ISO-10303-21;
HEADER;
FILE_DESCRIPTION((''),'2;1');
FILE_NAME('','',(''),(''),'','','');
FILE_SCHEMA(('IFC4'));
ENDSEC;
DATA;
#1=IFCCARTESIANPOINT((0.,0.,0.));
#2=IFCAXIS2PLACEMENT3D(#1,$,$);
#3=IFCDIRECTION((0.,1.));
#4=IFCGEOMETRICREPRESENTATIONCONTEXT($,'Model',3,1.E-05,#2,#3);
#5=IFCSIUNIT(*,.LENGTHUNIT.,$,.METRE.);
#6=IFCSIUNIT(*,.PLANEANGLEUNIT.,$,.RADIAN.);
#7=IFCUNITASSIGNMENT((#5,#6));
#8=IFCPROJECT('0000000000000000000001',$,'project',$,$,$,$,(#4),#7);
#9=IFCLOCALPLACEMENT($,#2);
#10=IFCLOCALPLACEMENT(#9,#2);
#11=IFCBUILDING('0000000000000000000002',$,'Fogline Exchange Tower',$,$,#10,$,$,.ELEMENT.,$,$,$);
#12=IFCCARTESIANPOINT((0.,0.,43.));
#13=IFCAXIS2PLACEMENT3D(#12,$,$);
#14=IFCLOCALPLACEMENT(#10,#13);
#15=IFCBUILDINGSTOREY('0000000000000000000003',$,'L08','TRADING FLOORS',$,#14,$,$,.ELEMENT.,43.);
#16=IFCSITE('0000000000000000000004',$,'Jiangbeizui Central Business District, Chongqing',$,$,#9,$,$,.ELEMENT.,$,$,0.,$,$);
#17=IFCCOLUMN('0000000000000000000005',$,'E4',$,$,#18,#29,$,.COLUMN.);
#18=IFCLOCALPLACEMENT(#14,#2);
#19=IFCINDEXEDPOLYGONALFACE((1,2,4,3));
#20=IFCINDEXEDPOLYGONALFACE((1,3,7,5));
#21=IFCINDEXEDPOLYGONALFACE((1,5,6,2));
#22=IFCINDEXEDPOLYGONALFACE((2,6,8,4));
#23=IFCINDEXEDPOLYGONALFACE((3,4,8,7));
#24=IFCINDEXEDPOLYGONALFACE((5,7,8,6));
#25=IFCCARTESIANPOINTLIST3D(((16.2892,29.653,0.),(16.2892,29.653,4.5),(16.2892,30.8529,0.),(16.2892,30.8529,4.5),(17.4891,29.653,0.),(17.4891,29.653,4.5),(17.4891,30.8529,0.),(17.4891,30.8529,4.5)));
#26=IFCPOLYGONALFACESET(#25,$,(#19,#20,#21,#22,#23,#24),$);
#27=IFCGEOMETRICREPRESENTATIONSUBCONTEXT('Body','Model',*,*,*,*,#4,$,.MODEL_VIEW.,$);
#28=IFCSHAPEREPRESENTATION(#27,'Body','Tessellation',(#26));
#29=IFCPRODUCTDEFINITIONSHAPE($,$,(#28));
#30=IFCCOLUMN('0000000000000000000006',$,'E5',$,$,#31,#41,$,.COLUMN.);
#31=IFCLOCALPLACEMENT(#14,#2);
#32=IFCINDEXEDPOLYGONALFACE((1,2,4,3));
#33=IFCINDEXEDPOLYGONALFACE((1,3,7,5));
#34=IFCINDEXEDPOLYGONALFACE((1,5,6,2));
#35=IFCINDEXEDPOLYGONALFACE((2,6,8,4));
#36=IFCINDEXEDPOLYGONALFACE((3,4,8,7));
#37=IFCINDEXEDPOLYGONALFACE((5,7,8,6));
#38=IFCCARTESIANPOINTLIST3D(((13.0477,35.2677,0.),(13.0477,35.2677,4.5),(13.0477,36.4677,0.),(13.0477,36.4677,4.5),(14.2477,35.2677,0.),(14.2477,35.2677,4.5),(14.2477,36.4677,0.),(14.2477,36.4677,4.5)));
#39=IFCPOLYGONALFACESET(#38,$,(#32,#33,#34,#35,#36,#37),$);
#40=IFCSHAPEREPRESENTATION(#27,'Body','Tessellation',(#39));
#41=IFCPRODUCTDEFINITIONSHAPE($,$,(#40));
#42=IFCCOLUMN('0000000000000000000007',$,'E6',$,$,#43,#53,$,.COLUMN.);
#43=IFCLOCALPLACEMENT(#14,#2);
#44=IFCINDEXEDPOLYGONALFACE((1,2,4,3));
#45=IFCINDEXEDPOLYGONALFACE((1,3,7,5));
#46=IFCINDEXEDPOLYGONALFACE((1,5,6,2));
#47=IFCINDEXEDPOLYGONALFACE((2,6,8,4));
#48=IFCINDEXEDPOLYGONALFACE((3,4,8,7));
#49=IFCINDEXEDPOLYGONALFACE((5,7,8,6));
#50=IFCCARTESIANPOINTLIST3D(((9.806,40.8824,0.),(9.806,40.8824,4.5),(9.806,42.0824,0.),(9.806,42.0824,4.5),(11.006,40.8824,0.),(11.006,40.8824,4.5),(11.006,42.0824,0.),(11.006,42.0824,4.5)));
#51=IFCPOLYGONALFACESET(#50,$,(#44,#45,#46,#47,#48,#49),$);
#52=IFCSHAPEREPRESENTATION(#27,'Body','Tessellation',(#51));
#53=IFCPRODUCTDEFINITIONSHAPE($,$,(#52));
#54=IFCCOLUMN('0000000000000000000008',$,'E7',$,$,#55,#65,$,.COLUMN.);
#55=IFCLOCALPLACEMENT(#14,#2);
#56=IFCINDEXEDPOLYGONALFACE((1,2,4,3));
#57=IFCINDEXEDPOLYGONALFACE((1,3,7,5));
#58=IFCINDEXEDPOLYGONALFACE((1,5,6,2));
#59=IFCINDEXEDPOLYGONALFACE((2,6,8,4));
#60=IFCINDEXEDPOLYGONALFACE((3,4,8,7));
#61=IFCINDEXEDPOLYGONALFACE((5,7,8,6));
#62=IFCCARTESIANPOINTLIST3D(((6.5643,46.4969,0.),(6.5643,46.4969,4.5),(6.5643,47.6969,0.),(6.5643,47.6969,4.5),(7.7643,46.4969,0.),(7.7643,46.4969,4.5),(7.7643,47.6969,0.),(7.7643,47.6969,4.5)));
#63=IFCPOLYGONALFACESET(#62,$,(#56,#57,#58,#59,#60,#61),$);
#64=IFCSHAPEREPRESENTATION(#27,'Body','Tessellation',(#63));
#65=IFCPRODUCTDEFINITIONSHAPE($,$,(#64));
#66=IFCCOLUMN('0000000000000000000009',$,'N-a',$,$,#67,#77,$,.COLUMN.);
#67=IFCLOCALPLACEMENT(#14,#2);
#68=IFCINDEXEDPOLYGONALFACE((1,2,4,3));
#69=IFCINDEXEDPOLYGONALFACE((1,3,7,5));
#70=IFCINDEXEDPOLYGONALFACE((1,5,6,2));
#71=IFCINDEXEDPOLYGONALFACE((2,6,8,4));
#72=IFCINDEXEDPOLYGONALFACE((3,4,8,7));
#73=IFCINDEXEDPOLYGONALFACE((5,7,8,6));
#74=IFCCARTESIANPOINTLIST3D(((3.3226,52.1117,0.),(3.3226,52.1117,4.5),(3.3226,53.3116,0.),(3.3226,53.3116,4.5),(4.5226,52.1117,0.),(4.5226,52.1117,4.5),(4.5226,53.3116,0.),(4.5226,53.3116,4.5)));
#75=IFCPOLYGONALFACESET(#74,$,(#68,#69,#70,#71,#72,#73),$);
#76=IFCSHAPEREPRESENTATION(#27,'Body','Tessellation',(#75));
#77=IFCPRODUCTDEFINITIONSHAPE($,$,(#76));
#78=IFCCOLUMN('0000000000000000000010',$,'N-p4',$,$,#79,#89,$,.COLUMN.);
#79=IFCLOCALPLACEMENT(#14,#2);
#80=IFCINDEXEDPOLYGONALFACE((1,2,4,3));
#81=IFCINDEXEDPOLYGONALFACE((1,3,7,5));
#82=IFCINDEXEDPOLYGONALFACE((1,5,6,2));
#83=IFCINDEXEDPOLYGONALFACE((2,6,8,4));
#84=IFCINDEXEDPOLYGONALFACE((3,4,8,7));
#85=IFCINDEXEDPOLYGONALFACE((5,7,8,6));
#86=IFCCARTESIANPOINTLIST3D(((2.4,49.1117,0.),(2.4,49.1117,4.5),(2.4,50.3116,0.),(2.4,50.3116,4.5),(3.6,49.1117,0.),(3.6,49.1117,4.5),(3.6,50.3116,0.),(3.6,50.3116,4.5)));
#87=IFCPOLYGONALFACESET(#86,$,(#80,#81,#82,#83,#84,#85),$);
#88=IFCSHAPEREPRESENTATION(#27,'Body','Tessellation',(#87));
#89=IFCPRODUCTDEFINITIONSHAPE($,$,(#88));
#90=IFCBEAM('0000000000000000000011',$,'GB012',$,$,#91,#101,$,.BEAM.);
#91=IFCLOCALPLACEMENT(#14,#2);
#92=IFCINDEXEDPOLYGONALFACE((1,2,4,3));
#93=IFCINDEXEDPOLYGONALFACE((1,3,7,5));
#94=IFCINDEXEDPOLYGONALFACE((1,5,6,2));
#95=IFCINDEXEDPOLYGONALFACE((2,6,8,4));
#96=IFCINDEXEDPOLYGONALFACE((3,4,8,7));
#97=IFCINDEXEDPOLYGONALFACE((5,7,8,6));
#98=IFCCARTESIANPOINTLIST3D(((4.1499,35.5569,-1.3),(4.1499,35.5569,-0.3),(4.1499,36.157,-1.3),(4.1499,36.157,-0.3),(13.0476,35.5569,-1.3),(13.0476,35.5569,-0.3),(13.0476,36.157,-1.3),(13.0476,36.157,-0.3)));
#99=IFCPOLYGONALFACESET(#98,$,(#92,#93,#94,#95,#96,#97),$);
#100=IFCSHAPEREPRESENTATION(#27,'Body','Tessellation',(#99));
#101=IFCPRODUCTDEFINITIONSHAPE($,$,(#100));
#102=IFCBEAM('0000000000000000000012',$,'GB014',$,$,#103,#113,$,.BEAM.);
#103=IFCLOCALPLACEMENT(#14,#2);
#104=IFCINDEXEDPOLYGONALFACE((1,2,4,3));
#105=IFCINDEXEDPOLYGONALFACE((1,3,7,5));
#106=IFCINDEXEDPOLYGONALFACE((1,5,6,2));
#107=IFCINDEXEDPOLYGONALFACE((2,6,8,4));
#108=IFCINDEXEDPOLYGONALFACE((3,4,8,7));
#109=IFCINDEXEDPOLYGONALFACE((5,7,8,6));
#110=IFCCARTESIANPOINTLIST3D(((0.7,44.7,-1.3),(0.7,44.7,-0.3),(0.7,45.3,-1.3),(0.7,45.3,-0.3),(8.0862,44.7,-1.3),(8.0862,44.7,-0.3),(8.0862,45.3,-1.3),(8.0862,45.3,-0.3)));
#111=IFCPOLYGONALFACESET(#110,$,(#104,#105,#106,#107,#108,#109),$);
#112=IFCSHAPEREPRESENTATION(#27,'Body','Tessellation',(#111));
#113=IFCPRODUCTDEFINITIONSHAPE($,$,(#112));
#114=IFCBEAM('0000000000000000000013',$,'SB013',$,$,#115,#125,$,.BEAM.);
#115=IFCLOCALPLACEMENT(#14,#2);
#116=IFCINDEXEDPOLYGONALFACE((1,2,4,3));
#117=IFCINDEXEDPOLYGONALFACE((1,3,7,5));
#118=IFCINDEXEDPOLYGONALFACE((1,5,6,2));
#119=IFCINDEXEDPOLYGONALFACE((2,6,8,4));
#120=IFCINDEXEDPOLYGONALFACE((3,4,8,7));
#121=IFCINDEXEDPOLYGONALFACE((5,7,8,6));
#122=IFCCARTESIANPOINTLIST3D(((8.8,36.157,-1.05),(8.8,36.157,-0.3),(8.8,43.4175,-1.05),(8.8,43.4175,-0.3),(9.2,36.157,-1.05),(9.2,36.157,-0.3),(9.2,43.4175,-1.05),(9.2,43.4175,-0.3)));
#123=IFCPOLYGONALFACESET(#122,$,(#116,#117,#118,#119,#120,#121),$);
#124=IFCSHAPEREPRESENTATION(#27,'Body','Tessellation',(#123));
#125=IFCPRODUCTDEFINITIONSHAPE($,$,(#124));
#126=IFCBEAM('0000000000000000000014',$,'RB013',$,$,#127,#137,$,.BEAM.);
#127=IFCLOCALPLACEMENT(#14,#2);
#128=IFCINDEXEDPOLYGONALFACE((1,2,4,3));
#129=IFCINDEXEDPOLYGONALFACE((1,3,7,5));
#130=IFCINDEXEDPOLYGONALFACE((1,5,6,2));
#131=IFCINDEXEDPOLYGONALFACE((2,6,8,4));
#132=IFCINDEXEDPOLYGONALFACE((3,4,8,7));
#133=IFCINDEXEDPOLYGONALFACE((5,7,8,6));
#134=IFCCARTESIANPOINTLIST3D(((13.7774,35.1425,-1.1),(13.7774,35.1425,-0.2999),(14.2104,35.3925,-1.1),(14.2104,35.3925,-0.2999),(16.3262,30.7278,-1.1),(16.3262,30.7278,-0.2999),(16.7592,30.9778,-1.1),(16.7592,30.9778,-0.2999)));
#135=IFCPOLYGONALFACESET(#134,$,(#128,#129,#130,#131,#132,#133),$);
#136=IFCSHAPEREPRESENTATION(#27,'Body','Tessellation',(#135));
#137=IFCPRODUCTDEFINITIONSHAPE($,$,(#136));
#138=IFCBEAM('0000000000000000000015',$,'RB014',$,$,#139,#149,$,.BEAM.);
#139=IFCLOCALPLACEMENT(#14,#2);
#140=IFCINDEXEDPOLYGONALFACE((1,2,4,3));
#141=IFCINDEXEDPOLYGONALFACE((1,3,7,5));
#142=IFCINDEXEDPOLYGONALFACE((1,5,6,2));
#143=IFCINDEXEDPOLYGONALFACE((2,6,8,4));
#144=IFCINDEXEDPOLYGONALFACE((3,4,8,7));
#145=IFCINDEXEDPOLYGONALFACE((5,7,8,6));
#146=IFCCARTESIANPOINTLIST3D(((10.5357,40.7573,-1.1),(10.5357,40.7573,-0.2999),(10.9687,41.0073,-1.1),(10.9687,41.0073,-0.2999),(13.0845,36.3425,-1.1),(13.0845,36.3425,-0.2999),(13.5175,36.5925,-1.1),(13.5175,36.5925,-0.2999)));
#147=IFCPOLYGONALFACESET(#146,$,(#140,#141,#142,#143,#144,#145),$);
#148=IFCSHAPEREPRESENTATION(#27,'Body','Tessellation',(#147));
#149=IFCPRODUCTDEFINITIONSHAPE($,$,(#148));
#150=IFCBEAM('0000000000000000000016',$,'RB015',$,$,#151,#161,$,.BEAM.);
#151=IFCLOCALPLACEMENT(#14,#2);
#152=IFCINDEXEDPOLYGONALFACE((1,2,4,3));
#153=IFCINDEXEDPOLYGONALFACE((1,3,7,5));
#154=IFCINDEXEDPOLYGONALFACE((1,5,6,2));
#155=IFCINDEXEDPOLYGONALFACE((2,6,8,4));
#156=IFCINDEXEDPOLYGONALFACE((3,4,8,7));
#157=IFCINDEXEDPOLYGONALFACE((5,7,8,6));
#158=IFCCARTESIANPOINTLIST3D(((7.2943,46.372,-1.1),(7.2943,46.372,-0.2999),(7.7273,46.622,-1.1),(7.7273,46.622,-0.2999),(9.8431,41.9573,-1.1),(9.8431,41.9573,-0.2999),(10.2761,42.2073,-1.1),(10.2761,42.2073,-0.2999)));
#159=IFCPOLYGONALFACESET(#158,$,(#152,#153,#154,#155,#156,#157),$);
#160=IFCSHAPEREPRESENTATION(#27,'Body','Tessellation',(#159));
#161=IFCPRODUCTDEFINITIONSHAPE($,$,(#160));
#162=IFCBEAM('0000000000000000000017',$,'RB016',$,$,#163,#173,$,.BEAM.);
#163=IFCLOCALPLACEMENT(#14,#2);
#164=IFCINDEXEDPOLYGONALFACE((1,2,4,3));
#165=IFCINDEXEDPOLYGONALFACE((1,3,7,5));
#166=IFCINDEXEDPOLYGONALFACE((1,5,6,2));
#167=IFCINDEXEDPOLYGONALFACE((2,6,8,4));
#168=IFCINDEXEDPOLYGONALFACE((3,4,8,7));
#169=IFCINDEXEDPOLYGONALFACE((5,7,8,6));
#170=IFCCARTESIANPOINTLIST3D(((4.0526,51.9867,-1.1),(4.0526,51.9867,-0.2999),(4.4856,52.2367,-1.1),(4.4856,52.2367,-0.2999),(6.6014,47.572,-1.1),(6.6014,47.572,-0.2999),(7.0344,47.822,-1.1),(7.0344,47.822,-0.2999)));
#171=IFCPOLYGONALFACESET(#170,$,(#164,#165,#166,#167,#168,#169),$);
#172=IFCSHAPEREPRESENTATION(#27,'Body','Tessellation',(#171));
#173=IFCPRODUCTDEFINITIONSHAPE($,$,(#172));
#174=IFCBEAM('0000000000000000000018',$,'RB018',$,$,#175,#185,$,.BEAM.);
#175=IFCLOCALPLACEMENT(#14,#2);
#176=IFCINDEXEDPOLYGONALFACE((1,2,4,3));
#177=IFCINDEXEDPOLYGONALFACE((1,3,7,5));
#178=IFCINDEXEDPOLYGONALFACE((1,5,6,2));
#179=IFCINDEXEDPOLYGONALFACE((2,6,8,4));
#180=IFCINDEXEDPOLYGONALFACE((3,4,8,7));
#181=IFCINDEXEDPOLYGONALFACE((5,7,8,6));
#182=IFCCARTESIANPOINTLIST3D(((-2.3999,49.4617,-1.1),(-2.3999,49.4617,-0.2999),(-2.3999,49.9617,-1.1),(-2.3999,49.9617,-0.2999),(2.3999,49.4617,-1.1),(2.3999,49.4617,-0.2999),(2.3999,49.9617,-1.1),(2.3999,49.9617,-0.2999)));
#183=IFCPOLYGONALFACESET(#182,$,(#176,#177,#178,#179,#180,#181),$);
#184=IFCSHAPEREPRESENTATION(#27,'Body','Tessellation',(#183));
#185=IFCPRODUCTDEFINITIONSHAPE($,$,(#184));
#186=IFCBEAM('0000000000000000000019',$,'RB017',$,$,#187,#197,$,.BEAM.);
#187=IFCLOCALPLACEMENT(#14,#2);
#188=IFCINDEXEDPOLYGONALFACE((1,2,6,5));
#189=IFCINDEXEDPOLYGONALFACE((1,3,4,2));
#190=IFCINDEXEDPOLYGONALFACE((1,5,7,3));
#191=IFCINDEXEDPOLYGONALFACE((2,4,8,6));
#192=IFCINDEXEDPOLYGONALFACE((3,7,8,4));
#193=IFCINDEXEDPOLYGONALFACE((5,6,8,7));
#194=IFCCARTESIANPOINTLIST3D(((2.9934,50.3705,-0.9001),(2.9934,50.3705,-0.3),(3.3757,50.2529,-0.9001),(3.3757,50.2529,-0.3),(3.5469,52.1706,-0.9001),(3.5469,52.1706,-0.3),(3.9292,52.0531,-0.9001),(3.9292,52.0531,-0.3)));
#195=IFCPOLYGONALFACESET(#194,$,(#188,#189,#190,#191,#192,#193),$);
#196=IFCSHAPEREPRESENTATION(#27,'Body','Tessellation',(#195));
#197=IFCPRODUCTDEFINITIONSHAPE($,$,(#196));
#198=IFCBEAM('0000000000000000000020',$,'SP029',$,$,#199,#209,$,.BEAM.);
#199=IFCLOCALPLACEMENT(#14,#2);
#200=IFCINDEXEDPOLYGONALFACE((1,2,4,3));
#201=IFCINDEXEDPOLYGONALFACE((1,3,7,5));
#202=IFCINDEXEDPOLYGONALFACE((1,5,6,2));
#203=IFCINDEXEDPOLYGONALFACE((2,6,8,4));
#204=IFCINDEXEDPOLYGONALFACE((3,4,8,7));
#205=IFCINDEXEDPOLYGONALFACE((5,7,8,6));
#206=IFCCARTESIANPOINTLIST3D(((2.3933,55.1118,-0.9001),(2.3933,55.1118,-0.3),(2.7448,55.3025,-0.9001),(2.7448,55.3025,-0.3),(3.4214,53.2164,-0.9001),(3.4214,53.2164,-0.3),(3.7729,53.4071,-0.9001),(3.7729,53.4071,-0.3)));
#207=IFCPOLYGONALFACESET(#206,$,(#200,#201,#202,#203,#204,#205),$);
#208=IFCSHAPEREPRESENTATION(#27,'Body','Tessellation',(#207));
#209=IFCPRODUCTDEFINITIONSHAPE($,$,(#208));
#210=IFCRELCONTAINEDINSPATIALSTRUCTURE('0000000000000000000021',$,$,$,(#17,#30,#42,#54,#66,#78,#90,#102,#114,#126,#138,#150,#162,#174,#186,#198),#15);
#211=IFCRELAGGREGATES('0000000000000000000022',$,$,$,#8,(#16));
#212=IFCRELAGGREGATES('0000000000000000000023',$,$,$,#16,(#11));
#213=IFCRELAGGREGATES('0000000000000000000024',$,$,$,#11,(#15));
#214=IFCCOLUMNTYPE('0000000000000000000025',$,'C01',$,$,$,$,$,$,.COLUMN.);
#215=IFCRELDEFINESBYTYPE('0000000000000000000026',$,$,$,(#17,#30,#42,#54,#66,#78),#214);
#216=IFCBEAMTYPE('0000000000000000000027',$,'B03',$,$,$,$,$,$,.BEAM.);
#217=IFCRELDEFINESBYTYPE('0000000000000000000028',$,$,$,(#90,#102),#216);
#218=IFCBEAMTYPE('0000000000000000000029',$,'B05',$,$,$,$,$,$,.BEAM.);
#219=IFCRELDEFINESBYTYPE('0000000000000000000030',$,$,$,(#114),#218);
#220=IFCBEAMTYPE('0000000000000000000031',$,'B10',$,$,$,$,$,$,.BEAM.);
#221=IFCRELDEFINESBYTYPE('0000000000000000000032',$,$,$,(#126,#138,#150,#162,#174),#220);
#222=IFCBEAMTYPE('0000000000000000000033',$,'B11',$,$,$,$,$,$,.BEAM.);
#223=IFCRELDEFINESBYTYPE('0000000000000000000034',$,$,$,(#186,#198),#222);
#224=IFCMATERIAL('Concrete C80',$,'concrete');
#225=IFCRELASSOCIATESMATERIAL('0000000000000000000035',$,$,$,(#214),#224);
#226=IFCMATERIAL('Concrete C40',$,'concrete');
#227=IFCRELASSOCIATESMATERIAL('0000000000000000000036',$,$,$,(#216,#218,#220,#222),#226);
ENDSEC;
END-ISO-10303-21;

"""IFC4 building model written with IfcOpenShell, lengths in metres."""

from ifc_helpers import new_model, si_unit, direction, frame, origin, origin_2d, place, context, subcontext, project, spatial, rectangle, extrude, material, material_profile, profile_set, type_object, element, save


model = new_model("IFC4")

# Units and contexts
model_context = context("Model", 3, precision=1e-05, world=origin(), true_north=direction((0.0, 1.0)))
body_context = subcontext(model_context, "Body", "Model", "MODEL_VIEW")
ifc_project = project(units=[si_unit("LENGTHUNIT", "METRE"), si_unit("PLANEANGLEUNIT", "RADIAN")], contexts=[model_context])

# Site, building, storey
site_placement = place(None, origin())
site = spatial("IfcSite", under=ifc_project, at=site_placement, Name="Jiangbeizui Central Business District, Chongqing", CompositionType="ELEMENT", RefElevation=0.0)
building_placement = place(site_placement, origin())
building = spatial("IfcBuilding", under=site, at=building_placement, Name="Fogline Exchange Tower", CompositionType="ELEMENT")
storey_placement = place(building_placement, frame((0.0, 0.0, 43.0)))
storey = spatial("IfcBuildingStorey", under=building, at=storey_placement, Name="L08", Description="TRADING FLOORS", CompositionType="ELEMENT", Elevation=43.0)

# Columns
ifc_material_1 = material(Name="Concrete C80", Category="concrete")
ifc_material_profile_1 = material_profile(ifc_material_1, rectangle(XDim=1.2, YDim=1.2, at=origin_2d()), Name="RC 1200x1200")
ifc_profile_set_1 = profile_set([ifc_material_profile_1], Name="Concrete C80")
column_type = type_object("IfcColumnType", Name="C01", PredefinedType="COLUMN", material=ifc_profile_set_1)
for number, where, z_axis, x_axis, name in (
    (1, (16.8892, 30.2529, 0.0), (0.0, 0.0, 1.0), (1.0, 0.0, 0.0), "E4"),
    (2, (13.6477, 35.8677, 0.0), (0.0, 0.0, 1.0), (1.0, 0.0, 0.0), "E5"),
    (3, (10.406, 41.4824, 0.0), (0.0, 0.0, 1.0), (1.0, 0.0, 0.0), "E6"),
    (4, (7.1643, 47.0969, 0.0), (0.0, 0.0, 1.0), (1.0, 0.0, 0.0), "E7"),
    (5, (3.9226, 52.7117, 0.0), (0.0, 0.0, 1.0), (1.0, 0.0, 0.0), "N-a"),
    (6, (3.0, 49.7117, 0.0), (0.0, 0.0, 1.0), (1.0, 0.0, 0.0), "N-p4"),
):
    element("IfcColumn", number, at=place(storey_placement, frame(where, z_axis=z_axis, x_axis=x_axis)), inside=storey, type_object=column_type, Name=name, PredefinedType="COLUMN", context=body_context, shape_type="SweptSolid", body=[
        extrude(rectangle(XDim=1.2, YDim=1.2, at=origin_2d()), origin(), (0.0, 0.0, 1.0), 4.5),
    ])

# Beams
ifc_material_2 = material(Name="Concrete C40", Category="concrete")
ifc_material_profile_2 = material_profile(ifc_material_2, rectangle(XDim=0.6001, YDim=1.0, at=origin_2d()), Name="RC 600x1000")
ifc_profile_set_2 = profile_set([ifc_material_profile_2], Name="Concrete C40")
beam_type_1 = type_object("IfcBeamType", Name="B03", PredefinedType="BEAM", material=ifc_profile_set_2)
beam_1_placement = place(storey_placement, frame((4.1499, 35.8569, -0.8), z_axis=(1.0, 0.0, 0.0), x_axis=(0.0, 1.0, 0.0)))
element("IfcBeam", 7, at=beam_1_placement, inside=storey, type_object=beam_type_1, Name="GB012", PredefinedType="BEAM", context=body_context, shape_type="SweptSolid", body=[
    extrude(rectangle(XDim=0.6001, YDim=1.0, at=origin_2d()), origin(), (0.0, 0.0, 1.0), 8.8977),
])
beam_2_placement = place(storey_placement, frame((0.7, 45.0, -0.8), z_axis=(1.0, 0.0, 0.0), x_axis=(0.0, 1.0, 0.0)))
element("IfcBeam", 8, at=beam_2_placement, inside=storey, type_object=beam_type_1, Name="GB014", PredefinedType="BEAM", context=body_context, shape_type="SweptSolid", body=[
    extrude(rectangle(XDim=0.6001, YDim=1.0, at=origin_2d()), origin(), (0.0, 0.0, 1.0), 7.3862),
])
ifc_material_profile_3 = material_profile(ifc_material_2, rectangle(XDim=0.3999, YDim=0.75, at=origin_2d()), Name="RC 400x750")
ifc_profile_set_3 = profile_set([ifc_material_profile_3], Name="Concrete C40")
beam_type_2 = type_object("IfcBeamType", Name="B05", PredefinedType="BEAM", material=ifc_profile_set_3)
beam_3_placement = place(storey_placement, frame((9.0, 36.157, -0.675), z_axis=(0.0, 1.0, 0.0), x_axis=(-1.0, 0.0, 0.0)))
element("IfcBeam", 9, at=beam_3_placement, inside=storey, type_object=beam_type_2, Name="SB013", PredefinedType="BEAM", context=body_context, shape_type="SweptSolid", body=[
    extrude(rectangle(XDim=0.3999, YDim=0.75, at=origin_2d()), origin(), (0.0, 0.0, 1.0), 7.2605),
])
ifc_material_profile_4 = material_profile(ifc_material_2, rectangle(XDim=0.5, YDim=0.8, at=origin_2d()), Name="RC 500x800")
ifc_profile_set_4 = profile_set([ifc_material_profile_4], Name="Concrete C40")
beam_type_3 = type_object("IfcBeamType", Name="B10", PredefinedType="BEAM", material=ifc_profile_set_4)
for number, where, z_axis, x_axis, name in (
    (10, (16.5427, 30.8528, -0.7), (-0.499992, 0.86603, 0.0), (-0.86603, -0.499992, 0.0), "RB013"),
    (11, (13.301, 36.4675, -0.7), (-0.499992, 0.86603, 0.0), (-0.86603, -0.499992, 0.0), "RB014"),
    (12, (10.0596, 42.0823, -0.7), (-0.499992, 0.86603, 0.0), (-0.86603, -0.499992, 0.0), "RB015"),
    (13, (6.8179, 47.697, -0.7), (-0.499992, 0.86603, 0.0), (-0.86603, -0.499992, 0.0), "RB016"),
):
    element("IfcBeam", number, at=place(storey_placement, frame(where, z_axis=z_axis, x_axis=x_axis)), inside=storey, type_object=beam_type_3, Name=name, PredefinedType="BEAM", context=body_context, shape_type="SweptSolid", body=[
        extrude(rectangle(XDim=0.5, YDim=0.8, at=origin_2d()), origin(), (0.0, 0.0, 1.0), 5.0977),
    ])
beam_4_placement = place(storey_placement, frame((2.3999, 49.7117, -0.7), z_axis=(-1.0, 0.0, 0.0), x_axis=(0.0, -1.0, 0.0)))
element("IfcBeam", 14, at=beam_4_placement, inside=storey, type_object=beam_type_3, Name="RB018", PredefinedType="BEAM", context=body_context, shape_type="SweptSolid", body=[
    extrude(rectangle(XDim=0.5, YDim=0.8, at=origin_2d()), origin(), (0.0, 0.0, 1.0), 4.7998),
])
ifc_material_profile_5 = material_profile(ifc_material_2, rectangle(XDim=0.3999, YDim=0.6001, at=origin_2d()), Name="RC 400x600")
ifc_profile_set_5 = profile_set([ifc_material_profile_5], Name="Concrete C40")
beam_type_4 = type_object("IfcBeamType", Name="B11", PredefinedType="BEAM", material=ifc_profile_set_5)
beam_5_placement = place(storey_placement, frame((3.738, 52.1118, -0.6001), z_axis=(-0.293895, -0.955838, 0.0), x_axis=(0.955838, -0.293895, 0.0)))
element("IfcBeam", 15, at=beam_5_placement, inside=storey, type_object=beam_type_4, Name="RB017", PredefinedType="BEAM", context=body_context, shape_type="SweptSolid", body=[
    extrude(rectangle(XDim=0.3999, YDim=0.6001, at=origin_2d()), origin(), (0.0, 0.0, 1.0), 1.8833),
])
beam_6_placement = place(storey_placement, frame((3.5972, 53.3118, -0.6001), z_axis=(-0.476812, 0.879005, 0.0), x_axis=(-0.879005, -0.476812, 0.0)))
element("IfcBeam", 16, at=beam_6_placement, inside=storey, type_object=beam_type_4, Name="SP029", PredefinedType="BEAM", context=body_context, shape_type="SweptSolid", body=[
    extrude(rectangle(XDim=0.3999, YDim=0.6001, at=origin_2d()), origin(), (0.0, 0.0, 1.0), 2.1562),
])

save(model, "model.ifc")
